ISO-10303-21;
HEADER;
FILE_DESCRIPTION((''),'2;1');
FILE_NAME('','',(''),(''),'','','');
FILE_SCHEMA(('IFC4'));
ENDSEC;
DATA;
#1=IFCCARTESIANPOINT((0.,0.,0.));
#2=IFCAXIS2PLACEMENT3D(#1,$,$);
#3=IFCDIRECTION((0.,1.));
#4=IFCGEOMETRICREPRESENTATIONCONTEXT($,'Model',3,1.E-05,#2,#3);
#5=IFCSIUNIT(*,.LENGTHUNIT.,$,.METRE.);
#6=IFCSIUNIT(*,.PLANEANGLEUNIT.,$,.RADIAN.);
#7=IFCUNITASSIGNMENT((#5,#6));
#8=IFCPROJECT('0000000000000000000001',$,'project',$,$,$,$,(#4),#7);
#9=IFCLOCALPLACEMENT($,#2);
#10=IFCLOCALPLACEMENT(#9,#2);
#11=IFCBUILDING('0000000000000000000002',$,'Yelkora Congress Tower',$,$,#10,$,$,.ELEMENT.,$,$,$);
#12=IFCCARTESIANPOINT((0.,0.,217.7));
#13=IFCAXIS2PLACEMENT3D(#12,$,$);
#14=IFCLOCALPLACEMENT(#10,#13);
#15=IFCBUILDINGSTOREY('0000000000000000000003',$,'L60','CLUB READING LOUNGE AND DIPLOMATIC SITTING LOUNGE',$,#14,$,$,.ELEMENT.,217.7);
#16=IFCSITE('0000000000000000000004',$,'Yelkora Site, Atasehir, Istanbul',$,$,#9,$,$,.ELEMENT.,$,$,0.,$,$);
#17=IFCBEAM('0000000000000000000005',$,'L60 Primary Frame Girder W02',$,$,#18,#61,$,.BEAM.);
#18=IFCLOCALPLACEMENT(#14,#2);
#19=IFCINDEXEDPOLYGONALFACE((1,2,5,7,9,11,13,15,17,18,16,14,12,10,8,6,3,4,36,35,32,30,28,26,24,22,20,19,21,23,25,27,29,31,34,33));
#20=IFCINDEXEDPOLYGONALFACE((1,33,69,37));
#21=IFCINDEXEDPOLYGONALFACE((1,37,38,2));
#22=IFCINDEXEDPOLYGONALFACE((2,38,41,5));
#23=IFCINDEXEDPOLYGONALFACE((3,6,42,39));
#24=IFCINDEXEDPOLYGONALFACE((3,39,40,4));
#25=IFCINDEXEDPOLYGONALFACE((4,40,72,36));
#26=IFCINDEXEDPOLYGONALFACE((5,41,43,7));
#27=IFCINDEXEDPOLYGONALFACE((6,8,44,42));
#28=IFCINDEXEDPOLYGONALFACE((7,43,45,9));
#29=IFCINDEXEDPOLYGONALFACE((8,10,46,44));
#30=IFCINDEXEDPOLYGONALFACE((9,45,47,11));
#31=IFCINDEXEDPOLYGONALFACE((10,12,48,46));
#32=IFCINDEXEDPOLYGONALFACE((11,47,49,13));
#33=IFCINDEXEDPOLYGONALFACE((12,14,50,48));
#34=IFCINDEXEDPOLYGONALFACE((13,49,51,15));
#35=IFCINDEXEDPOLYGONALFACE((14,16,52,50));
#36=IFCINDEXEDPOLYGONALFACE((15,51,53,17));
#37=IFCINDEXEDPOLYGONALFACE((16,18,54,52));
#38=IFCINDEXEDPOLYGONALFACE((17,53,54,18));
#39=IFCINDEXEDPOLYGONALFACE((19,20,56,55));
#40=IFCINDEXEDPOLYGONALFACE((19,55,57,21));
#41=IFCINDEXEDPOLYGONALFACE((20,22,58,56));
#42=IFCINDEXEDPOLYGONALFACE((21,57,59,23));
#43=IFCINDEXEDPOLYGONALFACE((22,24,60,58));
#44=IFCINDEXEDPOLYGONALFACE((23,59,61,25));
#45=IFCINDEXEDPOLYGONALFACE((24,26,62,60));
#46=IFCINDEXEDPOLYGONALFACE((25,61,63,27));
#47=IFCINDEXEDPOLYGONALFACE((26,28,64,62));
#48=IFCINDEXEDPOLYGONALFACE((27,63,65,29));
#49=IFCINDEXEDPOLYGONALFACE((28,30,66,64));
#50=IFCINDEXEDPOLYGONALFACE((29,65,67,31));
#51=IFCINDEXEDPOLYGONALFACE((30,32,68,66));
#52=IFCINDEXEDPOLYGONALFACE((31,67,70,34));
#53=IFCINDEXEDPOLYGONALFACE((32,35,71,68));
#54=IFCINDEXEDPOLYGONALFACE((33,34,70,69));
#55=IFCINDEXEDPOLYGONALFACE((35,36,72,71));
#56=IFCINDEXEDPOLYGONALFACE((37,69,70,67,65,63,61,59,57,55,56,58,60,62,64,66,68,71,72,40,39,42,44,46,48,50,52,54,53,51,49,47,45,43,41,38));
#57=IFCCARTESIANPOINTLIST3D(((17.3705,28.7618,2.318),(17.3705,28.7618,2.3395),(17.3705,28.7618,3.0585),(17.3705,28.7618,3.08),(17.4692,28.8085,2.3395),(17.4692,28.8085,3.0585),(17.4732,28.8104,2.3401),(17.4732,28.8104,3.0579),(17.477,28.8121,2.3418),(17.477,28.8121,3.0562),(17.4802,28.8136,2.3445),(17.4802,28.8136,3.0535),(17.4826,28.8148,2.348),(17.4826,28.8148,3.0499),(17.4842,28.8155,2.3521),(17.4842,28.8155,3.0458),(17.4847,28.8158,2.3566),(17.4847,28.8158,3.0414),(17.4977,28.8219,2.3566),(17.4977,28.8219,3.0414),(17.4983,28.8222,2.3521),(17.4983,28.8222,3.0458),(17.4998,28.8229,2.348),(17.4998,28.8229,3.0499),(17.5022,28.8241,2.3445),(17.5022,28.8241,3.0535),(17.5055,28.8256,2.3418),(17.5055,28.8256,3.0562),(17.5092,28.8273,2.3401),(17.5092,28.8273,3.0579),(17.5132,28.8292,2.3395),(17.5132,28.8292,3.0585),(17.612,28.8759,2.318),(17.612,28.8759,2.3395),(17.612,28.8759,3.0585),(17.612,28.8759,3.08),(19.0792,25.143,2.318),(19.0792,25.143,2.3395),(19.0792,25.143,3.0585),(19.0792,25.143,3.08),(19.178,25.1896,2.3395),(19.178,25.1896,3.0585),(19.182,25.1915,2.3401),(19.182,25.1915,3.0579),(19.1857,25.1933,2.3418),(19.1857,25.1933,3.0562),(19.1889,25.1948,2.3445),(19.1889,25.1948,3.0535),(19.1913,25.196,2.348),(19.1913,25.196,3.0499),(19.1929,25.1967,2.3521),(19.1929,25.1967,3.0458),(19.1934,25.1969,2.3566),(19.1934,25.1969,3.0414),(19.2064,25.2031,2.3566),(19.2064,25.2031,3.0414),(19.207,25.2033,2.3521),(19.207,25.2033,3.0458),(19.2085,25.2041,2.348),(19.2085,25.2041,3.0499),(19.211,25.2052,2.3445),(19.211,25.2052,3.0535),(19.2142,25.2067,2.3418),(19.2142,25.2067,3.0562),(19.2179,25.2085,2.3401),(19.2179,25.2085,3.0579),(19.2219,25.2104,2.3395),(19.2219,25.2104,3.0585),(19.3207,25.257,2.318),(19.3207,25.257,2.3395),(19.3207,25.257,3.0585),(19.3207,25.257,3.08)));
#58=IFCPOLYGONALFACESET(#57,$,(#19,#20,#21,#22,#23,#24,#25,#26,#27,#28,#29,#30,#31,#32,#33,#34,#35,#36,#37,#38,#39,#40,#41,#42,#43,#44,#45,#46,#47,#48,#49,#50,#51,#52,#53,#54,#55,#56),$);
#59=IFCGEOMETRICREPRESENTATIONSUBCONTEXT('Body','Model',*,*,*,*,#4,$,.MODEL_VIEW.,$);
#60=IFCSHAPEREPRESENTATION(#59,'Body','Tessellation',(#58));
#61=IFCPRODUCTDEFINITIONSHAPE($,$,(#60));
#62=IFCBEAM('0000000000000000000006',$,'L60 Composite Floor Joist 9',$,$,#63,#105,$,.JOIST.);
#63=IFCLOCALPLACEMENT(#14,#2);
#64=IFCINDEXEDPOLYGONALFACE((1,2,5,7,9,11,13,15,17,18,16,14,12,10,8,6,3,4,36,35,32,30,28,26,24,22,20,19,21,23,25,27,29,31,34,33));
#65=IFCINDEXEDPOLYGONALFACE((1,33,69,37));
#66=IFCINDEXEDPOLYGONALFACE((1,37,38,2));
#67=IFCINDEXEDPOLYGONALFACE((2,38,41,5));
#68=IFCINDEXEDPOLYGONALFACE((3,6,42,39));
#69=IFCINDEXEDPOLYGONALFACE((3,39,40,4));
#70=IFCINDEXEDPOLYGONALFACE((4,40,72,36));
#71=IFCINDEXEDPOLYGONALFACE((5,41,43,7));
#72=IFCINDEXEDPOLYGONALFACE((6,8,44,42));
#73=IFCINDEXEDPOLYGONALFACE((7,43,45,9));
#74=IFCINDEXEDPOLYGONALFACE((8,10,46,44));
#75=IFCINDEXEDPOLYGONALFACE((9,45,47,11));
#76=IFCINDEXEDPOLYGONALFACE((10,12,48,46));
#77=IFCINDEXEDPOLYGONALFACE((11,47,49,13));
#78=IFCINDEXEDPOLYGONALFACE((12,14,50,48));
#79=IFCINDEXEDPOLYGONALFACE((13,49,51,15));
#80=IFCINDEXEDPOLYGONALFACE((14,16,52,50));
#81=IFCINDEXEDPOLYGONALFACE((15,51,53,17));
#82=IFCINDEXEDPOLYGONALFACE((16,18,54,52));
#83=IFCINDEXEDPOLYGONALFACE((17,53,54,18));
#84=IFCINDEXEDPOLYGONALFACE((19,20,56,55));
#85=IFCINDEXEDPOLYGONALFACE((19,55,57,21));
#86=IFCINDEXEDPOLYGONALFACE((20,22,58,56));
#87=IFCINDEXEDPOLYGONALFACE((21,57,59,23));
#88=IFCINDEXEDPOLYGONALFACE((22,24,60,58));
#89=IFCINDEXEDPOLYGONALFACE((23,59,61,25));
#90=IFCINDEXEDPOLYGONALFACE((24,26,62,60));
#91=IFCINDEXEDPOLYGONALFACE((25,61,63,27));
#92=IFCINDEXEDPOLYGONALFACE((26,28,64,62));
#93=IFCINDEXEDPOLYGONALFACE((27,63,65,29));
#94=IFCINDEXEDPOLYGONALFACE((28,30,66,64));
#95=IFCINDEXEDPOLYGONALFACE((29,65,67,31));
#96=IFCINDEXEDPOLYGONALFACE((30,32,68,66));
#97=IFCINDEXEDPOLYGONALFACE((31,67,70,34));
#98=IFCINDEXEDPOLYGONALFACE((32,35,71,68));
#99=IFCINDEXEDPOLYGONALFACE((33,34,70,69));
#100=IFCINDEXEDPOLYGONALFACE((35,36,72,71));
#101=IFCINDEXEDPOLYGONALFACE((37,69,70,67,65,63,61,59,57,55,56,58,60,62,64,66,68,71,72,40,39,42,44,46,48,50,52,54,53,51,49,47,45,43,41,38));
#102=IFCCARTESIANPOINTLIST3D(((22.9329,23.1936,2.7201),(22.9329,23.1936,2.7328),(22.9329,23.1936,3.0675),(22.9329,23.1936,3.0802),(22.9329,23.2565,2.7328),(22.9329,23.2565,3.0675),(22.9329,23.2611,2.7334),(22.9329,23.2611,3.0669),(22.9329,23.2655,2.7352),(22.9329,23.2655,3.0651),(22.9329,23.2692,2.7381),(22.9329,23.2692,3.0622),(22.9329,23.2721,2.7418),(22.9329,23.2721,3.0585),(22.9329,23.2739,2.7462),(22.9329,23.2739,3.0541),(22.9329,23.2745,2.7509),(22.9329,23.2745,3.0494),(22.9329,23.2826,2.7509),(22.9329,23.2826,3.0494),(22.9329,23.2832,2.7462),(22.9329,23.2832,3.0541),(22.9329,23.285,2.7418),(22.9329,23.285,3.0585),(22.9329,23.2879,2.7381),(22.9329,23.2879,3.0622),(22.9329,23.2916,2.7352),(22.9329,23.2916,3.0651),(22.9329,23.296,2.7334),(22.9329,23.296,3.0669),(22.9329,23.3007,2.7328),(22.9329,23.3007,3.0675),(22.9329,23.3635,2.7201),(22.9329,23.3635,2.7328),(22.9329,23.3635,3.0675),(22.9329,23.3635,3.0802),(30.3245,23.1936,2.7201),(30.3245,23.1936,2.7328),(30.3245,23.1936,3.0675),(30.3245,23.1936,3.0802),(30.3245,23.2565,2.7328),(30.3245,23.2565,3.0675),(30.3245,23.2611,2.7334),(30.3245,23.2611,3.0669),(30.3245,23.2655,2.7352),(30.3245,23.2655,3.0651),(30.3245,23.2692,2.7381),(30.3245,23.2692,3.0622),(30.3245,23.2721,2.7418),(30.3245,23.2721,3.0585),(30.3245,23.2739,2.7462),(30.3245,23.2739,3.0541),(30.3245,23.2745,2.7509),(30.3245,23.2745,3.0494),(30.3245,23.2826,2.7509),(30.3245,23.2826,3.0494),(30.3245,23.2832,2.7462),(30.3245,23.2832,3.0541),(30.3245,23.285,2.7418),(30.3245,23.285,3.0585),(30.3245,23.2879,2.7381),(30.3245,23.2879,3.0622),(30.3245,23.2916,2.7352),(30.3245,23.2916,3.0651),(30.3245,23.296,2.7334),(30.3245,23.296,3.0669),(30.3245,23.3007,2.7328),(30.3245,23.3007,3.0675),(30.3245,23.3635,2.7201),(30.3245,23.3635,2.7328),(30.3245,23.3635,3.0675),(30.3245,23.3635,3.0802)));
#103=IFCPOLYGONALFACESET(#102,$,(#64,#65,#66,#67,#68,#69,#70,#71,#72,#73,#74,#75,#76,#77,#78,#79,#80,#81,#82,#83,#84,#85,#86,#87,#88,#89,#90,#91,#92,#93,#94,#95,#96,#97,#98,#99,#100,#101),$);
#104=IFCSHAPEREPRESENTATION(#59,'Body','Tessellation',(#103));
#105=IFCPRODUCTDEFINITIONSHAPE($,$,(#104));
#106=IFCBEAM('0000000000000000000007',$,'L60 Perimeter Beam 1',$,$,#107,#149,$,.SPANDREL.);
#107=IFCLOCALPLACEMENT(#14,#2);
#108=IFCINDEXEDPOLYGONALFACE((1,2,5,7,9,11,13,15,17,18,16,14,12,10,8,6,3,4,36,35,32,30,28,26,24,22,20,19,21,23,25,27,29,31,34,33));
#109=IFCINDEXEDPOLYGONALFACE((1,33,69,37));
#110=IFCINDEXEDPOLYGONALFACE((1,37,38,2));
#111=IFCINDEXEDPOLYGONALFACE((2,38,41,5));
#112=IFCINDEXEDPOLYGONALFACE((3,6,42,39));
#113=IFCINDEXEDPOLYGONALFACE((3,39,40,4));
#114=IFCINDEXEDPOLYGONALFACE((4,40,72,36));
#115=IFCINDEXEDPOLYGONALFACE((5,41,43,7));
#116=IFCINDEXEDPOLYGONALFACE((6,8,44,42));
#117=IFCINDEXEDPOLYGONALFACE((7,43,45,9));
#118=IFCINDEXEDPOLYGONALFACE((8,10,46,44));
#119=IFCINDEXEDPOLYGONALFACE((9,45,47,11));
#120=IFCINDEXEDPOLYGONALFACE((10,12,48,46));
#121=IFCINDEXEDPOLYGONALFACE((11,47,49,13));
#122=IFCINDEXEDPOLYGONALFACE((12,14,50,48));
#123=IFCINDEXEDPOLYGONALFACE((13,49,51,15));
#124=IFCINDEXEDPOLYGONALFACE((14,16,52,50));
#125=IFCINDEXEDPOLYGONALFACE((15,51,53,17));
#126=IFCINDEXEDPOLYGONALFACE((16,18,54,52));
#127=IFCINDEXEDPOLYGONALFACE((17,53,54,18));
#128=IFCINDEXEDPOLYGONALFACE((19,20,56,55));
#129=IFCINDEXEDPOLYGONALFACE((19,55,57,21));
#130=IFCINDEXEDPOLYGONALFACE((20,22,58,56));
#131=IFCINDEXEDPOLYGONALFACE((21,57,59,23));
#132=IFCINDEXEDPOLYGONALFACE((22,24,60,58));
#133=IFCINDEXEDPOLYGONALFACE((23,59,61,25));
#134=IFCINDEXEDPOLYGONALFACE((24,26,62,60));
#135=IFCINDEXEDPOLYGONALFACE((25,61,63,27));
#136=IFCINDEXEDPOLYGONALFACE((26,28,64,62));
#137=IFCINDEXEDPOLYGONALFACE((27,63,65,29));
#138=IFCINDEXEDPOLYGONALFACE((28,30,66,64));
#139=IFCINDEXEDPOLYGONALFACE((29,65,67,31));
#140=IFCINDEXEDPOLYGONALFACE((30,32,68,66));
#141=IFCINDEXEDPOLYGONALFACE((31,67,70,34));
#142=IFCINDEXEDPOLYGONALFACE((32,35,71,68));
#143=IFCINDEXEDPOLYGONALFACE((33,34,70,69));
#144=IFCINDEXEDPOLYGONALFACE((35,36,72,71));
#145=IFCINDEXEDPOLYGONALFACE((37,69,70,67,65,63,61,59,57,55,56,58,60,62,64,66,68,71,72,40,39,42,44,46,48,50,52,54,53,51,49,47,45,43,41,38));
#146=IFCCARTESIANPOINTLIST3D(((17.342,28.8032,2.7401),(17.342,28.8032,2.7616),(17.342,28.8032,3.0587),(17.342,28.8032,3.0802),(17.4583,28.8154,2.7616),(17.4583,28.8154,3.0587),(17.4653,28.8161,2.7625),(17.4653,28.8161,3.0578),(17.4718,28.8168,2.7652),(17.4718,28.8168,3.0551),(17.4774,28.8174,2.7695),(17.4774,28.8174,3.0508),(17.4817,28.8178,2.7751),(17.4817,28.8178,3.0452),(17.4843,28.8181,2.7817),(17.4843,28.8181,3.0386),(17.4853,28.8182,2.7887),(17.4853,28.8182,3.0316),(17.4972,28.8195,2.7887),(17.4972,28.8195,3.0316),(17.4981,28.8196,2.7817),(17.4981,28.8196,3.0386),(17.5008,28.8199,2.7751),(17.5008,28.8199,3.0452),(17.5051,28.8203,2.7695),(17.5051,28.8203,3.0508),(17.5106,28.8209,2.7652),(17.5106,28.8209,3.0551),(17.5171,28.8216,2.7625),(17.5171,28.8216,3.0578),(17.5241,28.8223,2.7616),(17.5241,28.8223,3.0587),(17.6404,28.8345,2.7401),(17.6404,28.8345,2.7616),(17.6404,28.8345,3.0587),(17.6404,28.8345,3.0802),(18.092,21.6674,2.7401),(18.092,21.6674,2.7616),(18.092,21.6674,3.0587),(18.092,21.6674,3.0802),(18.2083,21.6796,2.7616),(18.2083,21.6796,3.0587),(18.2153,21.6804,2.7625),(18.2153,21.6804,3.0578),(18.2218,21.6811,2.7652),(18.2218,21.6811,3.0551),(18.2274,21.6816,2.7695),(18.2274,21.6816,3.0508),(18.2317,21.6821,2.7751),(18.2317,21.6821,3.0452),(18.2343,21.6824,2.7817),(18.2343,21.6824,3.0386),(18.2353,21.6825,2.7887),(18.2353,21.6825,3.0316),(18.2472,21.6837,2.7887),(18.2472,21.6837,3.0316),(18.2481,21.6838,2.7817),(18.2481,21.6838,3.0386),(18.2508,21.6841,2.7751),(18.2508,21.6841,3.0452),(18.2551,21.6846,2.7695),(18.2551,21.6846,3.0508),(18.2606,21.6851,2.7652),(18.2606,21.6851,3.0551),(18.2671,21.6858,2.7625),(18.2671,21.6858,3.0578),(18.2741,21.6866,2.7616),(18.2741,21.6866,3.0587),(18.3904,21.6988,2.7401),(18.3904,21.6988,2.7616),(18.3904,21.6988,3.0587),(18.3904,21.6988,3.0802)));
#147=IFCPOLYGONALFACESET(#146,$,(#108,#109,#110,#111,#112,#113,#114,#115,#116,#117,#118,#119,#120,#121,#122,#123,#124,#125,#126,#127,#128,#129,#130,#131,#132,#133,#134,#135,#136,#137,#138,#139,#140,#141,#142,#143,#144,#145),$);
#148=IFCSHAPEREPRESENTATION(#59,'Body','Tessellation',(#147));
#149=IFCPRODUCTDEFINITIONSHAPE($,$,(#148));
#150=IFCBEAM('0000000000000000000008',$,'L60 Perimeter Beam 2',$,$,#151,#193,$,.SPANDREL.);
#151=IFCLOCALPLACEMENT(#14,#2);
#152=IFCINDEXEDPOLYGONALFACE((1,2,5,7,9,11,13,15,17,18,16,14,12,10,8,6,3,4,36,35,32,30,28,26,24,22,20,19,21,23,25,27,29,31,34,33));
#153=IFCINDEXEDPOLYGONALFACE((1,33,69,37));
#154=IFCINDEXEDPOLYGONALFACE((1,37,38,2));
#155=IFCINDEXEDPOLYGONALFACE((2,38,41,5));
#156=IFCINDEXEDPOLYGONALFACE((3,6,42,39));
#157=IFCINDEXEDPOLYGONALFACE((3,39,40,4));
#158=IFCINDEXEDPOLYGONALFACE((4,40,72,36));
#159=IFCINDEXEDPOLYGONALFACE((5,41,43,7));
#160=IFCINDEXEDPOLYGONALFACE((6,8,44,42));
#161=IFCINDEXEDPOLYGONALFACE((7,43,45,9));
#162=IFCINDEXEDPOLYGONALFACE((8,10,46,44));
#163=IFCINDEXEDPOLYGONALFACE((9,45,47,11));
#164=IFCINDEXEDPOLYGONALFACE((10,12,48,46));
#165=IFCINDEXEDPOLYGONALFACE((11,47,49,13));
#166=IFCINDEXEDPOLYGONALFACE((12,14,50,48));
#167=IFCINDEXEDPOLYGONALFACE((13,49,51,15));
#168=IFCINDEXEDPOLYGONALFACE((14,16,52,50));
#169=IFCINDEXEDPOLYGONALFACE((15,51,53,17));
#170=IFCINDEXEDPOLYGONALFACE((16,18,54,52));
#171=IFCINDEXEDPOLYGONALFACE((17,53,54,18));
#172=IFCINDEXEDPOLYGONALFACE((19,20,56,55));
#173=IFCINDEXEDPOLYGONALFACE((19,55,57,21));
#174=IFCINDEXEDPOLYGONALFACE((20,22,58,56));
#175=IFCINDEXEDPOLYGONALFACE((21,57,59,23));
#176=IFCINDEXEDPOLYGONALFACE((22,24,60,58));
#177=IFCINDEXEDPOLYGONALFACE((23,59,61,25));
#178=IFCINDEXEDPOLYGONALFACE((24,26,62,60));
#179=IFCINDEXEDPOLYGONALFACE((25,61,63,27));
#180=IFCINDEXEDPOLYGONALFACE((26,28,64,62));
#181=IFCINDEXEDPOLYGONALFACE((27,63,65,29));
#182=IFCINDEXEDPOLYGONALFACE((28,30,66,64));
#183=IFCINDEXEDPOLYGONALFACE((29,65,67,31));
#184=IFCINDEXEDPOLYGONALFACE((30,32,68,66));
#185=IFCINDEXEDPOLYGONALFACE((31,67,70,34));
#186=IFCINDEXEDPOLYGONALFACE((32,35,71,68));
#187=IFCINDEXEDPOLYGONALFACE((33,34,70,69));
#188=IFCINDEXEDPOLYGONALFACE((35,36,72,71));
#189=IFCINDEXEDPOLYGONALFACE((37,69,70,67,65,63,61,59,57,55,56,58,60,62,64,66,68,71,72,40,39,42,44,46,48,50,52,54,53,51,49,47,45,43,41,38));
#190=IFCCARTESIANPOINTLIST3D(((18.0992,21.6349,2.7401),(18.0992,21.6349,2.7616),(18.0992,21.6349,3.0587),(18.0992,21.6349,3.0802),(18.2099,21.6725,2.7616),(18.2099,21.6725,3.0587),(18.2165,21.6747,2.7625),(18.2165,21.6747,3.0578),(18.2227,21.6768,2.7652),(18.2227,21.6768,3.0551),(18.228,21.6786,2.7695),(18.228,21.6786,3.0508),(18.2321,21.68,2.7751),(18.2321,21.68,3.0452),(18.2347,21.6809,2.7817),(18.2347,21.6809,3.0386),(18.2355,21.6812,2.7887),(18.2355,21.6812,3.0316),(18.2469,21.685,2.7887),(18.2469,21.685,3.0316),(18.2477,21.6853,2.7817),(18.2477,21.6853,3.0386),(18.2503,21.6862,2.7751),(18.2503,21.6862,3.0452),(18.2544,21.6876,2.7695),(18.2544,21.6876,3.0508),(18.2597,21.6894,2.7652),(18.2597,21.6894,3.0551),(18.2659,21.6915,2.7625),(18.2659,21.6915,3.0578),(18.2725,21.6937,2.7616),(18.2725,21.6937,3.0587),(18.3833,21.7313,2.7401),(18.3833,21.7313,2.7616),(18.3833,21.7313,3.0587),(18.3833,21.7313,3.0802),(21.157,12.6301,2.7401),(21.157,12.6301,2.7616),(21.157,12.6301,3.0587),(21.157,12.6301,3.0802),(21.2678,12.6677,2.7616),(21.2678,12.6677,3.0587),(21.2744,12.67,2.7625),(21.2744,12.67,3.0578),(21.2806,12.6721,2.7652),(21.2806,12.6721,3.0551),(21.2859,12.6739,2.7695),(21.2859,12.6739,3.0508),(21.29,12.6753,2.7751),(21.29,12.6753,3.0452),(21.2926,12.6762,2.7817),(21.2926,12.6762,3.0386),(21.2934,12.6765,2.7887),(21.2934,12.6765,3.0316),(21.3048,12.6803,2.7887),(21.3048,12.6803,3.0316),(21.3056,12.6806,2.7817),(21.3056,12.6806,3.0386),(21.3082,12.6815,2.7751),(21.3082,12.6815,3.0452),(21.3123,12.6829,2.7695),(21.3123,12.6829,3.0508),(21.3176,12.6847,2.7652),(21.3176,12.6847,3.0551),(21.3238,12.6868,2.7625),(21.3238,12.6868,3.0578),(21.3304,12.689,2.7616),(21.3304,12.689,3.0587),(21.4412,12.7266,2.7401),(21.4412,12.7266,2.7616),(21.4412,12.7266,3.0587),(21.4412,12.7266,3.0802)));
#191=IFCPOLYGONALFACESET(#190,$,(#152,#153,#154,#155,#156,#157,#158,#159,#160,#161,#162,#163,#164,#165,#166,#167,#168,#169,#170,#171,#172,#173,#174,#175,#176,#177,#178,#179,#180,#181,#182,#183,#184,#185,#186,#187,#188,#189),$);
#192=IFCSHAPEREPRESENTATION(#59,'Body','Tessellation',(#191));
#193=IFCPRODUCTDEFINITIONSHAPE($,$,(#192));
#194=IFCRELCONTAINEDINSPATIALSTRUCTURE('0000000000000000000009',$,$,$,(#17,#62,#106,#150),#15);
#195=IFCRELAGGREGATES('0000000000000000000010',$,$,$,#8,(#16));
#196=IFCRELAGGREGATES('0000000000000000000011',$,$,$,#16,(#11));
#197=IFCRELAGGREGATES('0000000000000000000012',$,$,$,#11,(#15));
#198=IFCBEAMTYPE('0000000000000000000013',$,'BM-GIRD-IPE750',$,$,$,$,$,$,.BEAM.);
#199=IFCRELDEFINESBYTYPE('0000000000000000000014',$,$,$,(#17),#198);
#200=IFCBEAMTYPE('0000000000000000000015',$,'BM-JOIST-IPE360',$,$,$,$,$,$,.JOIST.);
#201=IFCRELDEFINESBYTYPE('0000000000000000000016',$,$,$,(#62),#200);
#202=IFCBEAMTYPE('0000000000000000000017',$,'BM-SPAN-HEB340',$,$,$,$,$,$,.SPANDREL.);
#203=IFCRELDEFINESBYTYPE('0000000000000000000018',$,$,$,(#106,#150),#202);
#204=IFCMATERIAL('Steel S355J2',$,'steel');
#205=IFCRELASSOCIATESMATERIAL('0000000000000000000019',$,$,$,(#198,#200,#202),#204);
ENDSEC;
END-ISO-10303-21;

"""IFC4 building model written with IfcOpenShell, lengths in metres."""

from ifc_helpers import new_model, si_unit, direction, frame, origin, origin_2d, place, context, subcontext, project, spatial, i_section, extrude, material, material_profile, profile_set, type_object, element, save


model = new_model("IFC4")

# Units and contexts
model_context = context("Model", 3, precision=1e-05, world=origin(), true_north=direction((0.0, 1.0)))
body_context = subcontext(model_context, "Body", "Model", "MODEL_VIEW")
ifc_project = project(units=[si_unit("LENGTHUNIT", "METRE"), si_unit("PLANEANGLEUNIT", "RADIAN")], contexts=[model_context])

# Site, building, storey
site_placement = place(None, origin())
site = spatial("IfcSite", under=ifc_project, at=site_placement, Name="Yelkora Site, Atasehir, Istanbul", CompositionType="ELEMENT", RefElevation=0.0)
building_placement = place(site_placement, origin())
building = spatial("IfcBuilding", under=site, at=building_placement, Name="Yelkora Congress Tower", CompositionType="ELEMENT")
storey_placement = place(building_placement, frame((0.0, 0.0, 217.7)))
storey = spatial("IfcBuildingStorey", under=building, at=storey_placement, Name="L60", Description="CLUB READING LOUNGE AND DIPLOMATIC SITTING LOUNGE", CompositionType="ELEMENT", Elevation=217.7)

# Shared definitions
ifc_material_1 = material(Name="Steel S355J2", Category="steel")

# Beams
ifc_material_profile_1 = material_profile(ifc_material_1, i_section(OverallWidth=0.2671, OverallDepth=0.762, WebThickness=0.0144, FlangeThickness=0.0215, FilletRadius=0.0171, at=origin_2d()), Name="IPE 750x173")
ifc_profile_set_1 = profile_set([ifc_material_profile_1], Name="Steel S355J2")
beam_type_1 = type_object("IfcBeamType", Name="BM-GIRD-IPE750", PredefinedType="BEAM", material=ifc_profile_set_1)
beam_1_placement = place(storey_placement, frame((17.4912, 28.8188, 2.699), z_axis=(0.426969, -0.904266, 0.0), x_axis=(0.904266, 0.426969, 0.0)))
element("IfcBeam", 1, at=beam_1_placement, inside=storey, type_object=beam_type_1, Name="L60 Primary Frame Girder W02", PredefinedType="BEAM", context=body_context, shape_type="SweptSolid", body=[
    extrude(i_section(OverallWidth=0.2671, OverallDepth=0.762, WebThickness=0.0144, FlangeThickness=0.0215, FilletRadius=0.0171, at=origin_2d()), origin(), (0.0, 0.0, 1.0), 4.002),
])
ifc_material_profile_2 = material_profile(ifc_material_1, i_section(OverallWidth=0.1699, OverallDepth=0.3601, WebThickness=0.0081, FlangeThickness=0.0127, FilletRadius=0.0181, at=origin_2d()), Name="IPE 360")
ifc_profile_set_2 = profile_set([ifc_material_profile_2], Name="Steel S355J2")
beam_type_2 = type_object("IfcBeamType", Name="BM-JOIST-IPE360", PredefinedType="JOIST", material=ifc_profile_set_2)
beam_2_placement = place(storey_placement, frame((22.9329, 23.2786, 2.9001), z_axis=(1.0, 0.0, 0.0), x_axis=(0.0, 1.0, 0.0)))
element("IfcBeam", 2, at=beam_2_placement, inside=storey, type_object=beam_type_2, Name="L60 Composite Floor Joist 9", PredefinedType="JOIST", context=body_context, shape_type="SweptSolid", body=[
    extrude(i_section(OverallWidth=0.1699, OverallDepth=0.3601, WebThickness=0.0081, FlangeThickness=0.0127, FilletRadius=0.0181, at=origin_2d()), origin(), (0.0, 0.0, 1.0), 7.3916),
])
ifc_material_profile_3 = material_profile(ifc_material_1, i_section(OverallWidth=0.3, OverallDepth=0.3401, WebThickness=0.012, FlangeThickness=0.0215, FilletRadius=0.0271, at=origin_2d()), Name="HEB 340")
ifc_profile_set_3 = profile_set([ifc_material_profile_3], Name="Steel S355J2")
beam_type_3 = type_object("IfcBeamType", Name="BM-SPAN-HEB340", PredefinedType="SPANDREL", material=ifc_profile_set_3)
beam_3_placement = place(storey_placement, frame((17.4912, 28.8188, 2.9102), z_axis=(0.104529, -0.994522, 0.0), x_axis=(0.994522, 0.104529, 0.0)))
element("IfcBeam", 3, at=beam_3_placement, inside=storey, type_object=beam_type_3, Name="L60 Perimeter Beam 1", PredefinedType="SPANDREL", context=body_context, shape_type="SweptSolid", body=[
    extrude(i_section(OverallWidth=0.3, OverallDepth=0.3401, WebThickness=0.012, FlangeThickness=0.0215, FilletRadius=0.0271, at=origin_2d()), origin(), (0.0, 0.0, 1.0), 7.175),
])
beam_4_placement = place(storey_placement, frame((18.2412, 21.6831, 2.9102), z_axis=(0.321552, -0.946892, 0.0), x_axis=(0.946892, 0.321552, 0.0)))
element("IfcBeam", 4, at=beam_4_placement, inside=storey, type_object=beam_type_3, Name="L60 Perimeter Beam 2", PredefinedType="SPANDREL", context=body_context, shape_type="SweptSolid", body=[
    extrude(i_section(OverallWidth=0.3, OverallDepth=0.3401, WebThickness=0.012, FlangeThickness=0.0215, FilletRadius=0.0271, at=origin_2d()), origin(), (0.0, 0.0, 1.0), 9.5098),
])

save(model, "model.ifc")
